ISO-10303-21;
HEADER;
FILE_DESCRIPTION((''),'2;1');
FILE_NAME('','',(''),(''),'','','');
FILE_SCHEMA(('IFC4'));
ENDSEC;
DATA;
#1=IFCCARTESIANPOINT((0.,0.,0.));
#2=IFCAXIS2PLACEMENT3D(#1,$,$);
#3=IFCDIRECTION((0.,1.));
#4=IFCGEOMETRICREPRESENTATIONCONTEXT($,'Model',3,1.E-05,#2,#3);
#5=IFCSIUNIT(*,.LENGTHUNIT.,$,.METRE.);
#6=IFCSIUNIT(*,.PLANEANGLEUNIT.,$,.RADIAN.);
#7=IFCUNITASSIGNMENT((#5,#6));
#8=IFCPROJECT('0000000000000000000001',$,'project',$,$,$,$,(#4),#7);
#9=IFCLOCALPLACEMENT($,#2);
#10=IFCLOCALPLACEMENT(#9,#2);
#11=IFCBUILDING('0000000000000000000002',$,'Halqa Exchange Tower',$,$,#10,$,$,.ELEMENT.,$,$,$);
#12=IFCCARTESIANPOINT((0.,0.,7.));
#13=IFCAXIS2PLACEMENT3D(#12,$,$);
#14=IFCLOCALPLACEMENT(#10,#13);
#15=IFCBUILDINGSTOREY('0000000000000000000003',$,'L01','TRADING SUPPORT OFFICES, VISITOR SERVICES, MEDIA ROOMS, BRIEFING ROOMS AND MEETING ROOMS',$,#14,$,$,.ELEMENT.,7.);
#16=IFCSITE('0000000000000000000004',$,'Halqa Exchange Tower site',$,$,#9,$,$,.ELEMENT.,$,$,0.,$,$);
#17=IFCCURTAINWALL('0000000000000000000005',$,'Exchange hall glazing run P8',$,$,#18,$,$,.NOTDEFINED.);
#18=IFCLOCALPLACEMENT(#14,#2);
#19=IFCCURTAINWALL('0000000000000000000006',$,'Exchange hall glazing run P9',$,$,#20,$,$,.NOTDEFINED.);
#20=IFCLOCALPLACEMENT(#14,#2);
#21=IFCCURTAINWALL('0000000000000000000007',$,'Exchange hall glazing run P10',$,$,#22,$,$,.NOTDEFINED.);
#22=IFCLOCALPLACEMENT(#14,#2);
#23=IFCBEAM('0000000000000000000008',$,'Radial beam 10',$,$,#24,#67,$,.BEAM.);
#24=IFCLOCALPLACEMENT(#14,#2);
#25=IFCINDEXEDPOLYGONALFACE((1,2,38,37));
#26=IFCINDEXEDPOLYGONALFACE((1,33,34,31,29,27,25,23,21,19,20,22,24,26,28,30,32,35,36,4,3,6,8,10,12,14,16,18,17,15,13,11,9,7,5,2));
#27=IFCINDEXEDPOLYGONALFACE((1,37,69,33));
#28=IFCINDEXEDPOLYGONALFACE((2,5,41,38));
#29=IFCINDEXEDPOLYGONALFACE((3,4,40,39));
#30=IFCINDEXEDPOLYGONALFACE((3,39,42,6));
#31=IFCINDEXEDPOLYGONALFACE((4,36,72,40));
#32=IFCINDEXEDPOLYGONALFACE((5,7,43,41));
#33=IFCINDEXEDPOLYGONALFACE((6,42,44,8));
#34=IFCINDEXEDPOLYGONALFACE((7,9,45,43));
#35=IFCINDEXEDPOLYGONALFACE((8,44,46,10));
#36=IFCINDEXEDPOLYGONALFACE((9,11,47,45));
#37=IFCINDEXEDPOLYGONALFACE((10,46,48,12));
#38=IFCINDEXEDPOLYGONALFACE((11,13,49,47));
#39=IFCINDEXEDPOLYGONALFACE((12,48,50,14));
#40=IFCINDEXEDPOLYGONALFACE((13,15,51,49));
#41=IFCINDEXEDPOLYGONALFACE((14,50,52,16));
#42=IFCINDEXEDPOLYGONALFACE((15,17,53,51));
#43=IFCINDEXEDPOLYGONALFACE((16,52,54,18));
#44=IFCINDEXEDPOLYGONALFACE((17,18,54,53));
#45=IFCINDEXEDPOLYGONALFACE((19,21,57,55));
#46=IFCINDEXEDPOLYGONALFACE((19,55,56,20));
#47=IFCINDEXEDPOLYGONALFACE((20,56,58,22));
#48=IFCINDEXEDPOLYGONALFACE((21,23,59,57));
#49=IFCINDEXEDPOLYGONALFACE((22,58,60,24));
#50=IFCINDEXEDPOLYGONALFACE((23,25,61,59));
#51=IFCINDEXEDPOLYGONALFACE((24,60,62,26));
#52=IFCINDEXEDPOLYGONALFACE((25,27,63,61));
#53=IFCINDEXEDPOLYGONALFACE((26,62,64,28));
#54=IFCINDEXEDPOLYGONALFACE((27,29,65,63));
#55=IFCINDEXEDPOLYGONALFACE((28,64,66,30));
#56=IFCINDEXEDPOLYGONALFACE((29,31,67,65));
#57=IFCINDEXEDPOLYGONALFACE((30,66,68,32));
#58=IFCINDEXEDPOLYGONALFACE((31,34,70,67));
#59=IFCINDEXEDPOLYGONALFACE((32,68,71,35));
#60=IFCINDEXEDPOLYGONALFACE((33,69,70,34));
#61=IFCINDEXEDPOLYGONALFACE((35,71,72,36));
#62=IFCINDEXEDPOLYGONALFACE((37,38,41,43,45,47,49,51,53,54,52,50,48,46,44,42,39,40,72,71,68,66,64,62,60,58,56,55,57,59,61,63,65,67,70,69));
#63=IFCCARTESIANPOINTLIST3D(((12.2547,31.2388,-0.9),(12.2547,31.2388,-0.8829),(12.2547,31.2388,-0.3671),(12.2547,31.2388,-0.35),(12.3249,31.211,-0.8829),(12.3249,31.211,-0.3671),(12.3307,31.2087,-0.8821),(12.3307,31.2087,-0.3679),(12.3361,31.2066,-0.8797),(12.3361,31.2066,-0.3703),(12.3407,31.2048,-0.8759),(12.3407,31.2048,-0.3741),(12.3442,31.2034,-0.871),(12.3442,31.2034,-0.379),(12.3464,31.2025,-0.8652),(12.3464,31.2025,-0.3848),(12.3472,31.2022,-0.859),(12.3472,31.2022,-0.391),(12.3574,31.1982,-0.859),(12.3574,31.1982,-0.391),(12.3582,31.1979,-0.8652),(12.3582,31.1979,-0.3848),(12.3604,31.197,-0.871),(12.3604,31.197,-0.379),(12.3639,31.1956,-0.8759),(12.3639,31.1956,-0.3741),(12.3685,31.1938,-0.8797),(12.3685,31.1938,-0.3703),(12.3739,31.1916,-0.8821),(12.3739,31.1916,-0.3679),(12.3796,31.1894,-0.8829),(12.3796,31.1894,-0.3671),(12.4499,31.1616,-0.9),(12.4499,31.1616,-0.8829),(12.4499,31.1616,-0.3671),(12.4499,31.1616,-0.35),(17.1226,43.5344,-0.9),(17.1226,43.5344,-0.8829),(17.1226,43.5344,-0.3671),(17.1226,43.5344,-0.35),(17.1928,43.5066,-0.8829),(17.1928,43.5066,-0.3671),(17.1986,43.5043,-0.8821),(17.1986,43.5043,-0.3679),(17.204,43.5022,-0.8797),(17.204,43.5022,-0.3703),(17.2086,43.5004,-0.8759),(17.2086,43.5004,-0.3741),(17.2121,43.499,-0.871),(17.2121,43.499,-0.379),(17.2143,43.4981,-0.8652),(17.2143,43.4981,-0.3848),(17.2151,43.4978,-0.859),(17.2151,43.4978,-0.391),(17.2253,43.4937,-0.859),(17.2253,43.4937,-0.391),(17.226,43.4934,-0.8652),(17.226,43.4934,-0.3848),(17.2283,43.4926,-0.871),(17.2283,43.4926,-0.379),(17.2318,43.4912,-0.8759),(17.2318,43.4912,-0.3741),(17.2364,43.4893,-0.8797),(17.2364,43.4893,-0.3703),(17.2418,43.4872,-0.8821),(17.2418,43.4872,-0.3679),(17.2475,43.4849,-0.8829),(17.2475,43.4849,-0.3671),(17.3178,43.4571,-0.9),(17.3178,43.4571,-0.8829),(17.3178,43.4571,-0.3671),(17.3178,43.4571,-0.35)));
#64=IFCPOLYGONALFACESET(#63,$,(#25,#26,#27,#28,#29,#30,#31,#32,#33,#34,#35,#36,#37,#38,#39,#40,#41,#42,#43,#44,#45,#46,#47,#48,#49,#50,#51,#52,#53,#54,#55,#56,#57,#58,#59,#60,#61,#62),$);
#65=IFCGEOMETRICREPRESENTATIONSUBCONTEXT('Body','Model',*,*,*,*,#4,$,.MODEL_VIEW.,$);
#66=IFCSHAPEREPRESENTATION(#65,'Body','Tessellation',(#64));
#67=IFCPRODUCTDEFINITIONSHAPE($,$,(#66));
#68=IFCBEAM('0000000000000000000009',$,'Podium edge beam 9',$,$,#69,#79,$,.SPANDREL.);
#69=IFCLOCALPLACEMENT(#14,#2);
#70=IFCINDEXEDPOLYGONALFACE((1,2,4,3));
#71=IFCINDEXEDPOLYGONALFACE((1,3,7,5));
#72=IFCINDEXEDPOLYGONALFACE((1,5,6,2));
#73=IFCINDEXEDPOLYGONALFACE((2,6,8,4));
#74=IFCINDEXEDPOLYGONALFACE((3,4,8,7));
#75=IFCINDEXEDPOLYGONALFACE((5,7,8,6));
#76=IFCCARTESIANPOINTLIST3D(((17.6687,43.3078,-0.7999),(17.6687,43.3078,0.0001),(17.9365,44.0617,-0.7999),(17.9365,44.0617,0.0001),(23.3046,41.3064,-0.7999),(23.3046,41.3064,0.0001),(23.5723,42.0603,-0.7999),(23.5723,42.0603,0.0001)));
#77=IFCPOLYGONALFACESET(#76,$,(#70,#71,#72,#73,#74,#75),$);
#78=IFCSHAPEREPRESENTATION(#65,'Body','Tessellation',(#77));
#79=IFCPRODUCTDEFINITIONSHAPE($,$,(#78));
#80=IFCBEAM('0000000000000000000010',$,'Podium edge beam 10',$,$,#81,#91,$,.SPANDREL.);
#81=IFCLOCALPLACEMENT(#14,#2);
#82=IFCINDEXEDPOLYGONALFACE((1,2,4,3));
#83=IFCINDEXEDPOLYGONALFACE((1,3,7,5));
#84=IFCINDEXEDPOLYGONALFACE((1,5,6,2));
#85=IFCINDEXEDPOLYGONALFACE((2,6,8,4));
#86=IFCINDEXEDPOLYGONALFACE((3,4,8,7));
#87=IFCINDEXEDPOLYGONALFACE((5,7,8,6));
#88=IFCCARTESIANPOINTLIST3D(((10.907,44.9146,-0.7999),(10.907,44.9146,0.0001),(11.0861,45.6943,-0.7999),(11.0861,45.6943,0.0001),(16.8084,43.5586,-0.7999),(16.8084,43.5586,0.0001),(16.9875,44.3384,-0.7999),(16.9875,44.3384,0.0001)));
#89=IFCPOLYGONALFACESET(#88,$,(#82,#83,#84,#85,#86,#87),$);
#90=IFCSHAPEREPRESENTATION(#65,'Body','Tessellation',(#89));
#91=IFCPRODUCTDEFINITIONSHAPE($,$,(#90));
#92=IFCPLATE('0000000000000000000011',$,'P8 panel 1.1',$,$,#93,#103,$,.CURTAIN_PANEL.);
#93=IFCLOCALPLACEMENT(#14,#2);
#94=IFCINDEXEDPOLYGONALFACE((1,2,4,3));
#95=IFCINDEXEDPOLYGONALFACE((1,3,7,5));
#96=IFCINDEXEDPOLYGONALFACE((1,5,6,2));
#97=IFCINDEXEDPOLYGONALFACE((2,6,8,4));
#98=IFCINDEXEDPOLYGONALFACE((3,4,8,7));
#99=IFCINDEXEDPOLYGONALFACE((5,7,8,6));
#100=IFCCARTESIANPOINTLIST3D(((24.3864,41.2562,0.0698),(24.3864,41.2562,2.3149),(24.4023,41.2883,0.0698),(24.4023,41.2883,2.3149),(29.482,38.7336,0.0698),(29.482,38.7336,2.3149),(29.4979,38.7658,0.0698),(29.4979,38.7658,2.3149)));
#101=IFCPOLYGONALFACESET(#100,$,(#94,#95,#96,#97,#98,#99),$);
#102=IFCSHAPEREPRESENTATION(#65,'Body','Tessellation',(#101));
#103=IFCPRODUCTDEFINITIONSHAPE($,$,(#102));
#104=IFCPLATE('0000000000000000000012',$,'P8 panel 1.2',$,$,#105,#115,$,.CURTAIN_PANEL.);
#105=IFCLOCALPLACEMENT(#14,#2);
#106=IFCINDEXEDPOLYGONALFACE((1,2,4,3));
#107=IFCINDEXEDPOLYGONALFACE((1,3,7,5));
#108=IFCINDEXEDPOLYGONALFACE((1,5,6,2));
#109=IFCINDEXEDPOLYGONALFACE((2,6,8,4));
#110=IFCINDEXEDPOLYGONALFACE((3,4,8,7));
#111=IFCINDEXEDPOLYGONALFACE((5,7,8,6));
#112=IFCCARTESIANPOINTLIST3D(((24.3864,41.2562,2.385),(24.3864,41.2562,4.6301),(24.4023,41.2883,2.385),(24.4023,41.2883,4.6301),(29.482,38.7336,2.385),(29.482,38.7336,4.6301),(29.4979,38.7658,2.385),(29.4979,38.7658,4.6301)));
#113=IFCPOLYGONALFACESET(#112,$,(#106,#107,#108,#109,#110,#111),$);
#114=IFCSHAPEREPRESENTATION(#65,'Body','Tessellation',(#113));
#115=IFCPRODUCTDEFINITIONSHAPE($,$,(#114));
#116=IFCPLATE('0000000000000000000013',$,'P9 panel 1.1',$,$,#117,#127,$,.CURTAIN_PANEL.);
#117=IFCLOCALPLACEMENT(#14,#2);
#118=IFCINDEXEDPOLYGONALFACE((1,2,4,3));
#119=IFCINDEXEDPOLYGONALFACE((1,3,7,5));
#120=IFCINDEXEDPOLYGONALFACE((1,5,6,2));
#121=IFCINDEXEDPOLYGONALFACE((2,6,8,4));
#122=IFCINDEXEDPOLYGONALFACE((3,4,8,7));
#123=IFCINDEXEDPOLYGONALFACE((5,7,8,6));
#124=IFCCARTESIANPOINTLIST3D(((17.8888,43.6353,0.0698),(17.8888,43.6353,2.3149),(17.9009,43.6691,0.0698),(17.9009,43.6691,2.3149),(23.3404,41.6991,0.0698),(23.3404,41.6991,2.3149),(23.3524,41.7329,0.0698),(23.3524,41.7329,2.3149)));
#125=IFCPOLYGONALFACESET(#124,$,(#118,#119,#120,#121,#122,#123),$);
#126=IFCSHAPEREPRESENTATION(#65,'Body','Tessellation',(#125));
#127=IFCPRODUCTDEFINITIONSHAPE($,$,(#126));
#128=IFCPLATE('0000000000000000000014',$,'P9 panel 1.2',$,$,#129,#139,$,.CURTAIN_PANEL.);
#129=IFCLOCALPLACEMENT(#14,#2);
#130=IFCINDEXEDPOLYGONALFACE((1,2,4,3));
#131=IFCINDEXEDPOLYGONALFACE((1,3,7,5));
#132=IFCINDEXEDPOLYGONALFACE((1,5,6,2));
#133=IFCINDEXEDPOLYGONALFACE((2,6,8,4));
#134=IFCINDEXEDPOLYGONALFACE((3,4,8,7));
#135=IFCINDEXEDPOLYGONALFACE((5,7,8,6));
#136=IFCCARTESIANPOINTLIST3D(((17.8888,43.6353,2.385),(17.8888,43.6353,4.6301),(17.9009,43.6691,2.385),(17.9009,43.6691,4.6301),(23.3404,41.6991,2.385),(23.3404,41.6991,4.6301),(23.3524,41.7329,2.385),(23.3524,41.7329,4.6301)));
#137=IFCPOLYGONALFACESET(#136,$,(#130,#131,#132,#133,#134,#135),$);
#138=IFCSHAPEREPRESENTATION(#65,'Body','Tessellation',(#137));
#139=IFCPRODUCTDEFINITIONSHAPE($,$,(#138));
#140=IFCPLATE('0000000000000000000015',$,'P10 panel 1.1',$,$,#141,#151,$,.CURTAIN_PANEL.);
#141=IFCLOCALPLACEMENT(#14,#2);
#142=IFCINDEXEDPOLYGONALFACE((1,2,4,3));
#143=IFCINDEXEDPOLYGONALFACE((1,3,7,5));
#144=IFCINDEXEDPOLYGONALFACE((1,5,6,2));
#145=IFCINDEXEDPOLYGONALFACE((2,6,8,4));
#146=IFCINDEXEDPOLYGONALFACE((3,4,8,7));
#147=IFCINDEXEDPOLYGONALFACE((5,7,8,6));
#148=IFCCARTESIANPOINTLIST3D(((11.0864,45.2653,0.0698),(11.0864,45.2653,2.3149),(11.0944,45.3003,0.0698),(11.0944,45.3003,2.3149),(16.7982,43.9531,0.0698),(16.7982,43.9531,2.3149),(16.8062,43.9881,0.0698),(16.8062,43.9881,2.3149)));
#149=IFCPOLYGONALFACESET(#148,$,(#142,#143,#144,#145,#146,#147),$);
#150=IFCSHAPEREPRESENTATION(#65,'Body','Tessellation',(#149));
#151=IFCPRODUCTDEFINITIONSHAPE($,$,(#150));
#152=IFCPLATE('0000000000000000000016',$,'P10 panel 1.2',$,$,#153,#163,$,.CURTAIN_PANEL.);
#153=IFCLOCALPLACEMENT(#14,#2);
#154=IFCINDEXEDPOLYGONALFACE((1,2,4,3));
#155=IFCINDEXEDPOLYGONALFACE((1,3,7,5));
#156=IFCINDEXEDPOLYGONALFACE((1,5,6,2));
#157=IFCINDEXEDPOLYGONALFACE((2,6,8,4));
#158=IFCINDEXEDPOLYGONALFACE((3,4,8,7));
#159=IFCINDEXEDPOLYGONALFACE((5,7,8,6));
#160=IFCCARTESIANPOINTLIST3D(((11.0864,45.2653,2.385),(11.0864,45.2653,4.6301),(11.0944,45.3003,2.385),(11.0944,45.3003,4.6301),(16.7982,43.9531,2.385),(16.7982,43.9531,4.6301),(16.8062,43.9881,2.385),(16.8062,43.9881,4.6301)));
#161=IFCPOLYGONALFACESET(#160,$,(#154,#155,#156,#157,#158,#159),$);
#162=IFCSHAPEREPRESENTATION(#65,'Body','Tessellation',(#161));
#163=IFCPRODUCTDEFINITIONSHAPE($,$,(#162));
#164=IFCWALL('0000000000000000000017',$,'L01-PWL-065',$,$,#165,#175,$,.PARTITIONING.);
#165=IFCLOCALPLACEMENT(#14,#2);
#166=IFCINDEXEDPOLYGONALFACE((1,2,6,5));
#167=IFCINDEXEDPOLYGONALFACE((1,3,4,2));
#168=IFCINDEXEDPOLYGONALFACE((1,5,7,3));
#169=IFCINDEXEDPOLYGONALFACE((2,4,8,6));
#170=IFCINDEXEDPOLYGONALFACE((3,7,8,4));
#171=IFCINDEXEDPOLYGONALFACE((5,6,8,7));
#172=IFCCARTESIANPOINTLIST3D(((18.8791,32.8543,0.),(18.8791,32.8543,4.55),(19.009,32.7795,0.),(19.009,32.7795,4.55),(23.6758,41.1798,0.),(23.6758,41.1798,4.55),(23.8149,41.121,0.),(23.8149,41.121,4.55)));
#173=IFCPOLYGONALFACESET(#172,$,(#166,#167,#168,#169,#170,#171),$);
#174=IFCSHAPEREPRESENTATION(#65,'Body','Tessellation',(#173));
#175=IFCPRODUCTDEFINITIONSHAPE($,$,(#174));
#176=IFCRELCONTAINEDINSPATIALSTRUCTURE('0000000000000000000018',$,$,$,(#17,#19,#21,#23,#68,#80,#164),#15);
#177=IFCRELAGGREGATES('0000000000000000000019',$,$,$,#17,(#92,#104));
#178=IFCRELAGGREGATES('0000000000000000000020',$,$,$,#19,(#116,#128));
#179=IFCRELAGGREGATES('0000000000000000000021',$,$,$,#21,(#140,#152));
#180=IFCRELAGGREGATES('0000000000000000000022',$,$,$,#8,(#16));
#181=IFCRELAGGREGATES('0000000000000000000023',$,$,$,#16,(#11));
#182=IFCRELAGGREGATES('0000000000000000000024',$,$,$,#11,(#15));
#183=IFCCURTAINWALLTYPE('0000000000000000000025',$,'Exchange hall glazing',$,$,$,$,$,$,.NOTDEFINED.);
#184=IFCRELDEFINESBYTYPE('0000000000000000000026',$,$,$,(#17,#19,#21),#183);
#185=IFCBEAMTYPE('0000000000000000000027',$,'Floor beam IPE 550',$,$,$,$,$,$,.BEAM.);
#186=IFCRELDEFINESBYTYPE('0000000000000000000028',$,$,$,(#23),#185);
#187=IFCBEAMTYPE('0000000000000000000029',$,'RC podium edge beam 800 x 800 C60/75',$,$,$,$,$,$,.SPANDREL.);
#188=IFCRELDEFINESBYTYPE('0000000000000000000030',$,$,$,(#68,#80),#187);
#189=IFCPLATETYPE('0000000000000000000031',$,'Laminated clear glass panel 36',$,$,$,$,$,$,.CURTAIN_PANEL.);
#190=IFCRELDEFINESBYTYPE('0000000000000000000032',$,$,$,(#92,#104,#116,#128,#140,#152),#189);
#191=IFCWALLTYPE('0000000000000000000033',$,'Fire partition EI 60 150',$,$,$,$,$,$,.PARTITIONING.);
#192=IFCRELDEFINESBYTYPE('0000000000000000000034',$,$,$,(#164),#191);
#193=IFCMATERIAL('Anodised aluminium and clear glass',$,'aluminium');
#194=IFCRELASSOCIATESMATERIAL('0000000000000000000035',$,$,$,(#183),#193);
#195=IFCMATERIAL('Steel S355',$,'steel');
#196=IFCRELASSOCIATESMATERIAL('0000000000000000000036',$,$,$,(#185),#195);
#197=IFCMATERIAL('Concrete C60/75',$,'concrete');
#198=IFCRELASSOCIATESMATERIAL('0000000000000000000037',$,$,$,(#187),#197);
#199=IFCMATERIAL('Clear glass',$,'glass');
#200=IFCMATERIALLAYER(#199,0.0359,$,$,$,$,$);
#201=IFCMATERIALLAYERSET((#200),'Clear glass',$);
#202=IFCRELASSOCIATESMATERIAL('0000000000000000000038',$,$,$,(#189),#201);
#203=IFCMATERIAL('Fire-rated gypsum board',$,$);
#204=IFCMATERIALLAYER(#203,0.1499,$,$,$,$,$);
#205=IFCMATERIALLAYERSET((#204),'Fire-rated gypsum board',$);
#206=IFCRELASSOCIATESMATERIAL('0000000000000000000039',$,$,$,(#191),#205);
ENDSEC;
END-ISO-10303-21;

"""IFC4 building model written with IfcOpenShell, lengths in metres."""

from ifc_helpers import new_model, si_unit, direction, frame, origin, origin_2d, place, context, subcontext, project, spatial, polyline, rectangle, i_section, outline, extrude, material, layer, layer_set, material_profile, profile_set, type_object, element, aggregate, save


model = new_model("IFC4")

# Units and contexts
model_context = context("Model", 3, precision=1e-05, world=origin(), true_north=direction((0.0, 1.0)))
body_context = subcontext(model_context, "Body", "Model", "MODEL_VIEW")
ifc_project = project(units=[si_unit("LENGTHUNIT", "METRE"), si_unit("PLANEANGLEUNIT", "RADIAN")], contexts=[model_context])

# Site, building, storey
site_placement = place(None, origin())
site = spatial("IfcSite", under=ifc_project, at=site_placement, Name="Halqa Exchange Tower site", CompositionType="ELEMENT", RefElevation=0.0)
building_placement = place(site_placement, origin())
building = spatial("IfcBuilding", under=site, at=building_placement, Name="Halqa Exchange Tower", CompositionType="ELEMENT")
storey_placement = place(building_placement, frame((0.0, 0.0, 7.0)))
storey = spatial("IfcBuildingStorey", under=building, at=storey_placement, Name="L01", Description="TRADING SUPPORT OFFICES, VISITOR SERVICES, MEDIA ROOMS, BRIEFING ROOMS AND MEETING ROOMS", CompositionType="ELEMENT", Elevation=7.0)

# Shared definitions
ifc_material_1 = material(Name="Concrete C60/75", Category="concrete")

# Curtain wall
ifc_material_2 = material(Name="Anodised aluminium and clear glass", Category="aluminium")
curtain_wall_type = type_object("IfcCurtainWallType", Name="Exchange hall glazing", PredefinedType="NOTDEFINED", material=ifc_material_2)
curtain_wall_1_placement = place(storey_placement, origin())
curtain_wall_1 = element("IfcCurtainWall", 1, at=curtain_wall_1_placement, inside=storey, type_object=curtain_wall_type, Name="Exchange hall glazing run P8", PredefinedType="NOTDEFINED")

# Curtain walls
curtain_wall_2_placement = place(storey_placement, origin())
curtain_wall_2 = element("IfcCurtainWall", 2, at=curtain_wall_2_placement, inside=storey, type_object=curtain_wall_type, Name="Exchange hall glazing run P9", PredefinedType="NOTDEFINED")
curtain_wall_3_placement = place(storey_placement, origin())
curtain_wall_3 = element("IfcCurtainWall", 3, at=curtain_wall_3_placement, inside=storey, type_object=curtain_wall_type, Name="Exchange hall glazing run P10", PredefinedType="NOTDEFINED")

# Beams
ifc_material_3 = material(Name="Steel S355", Category="steel")
ifc_material_profile_1 = material_profile(ifc_material_3, i_section(OverallWidth=0.21, OverallDepth=0.55, WebThickness=0.011, FlangeThickness=0.0171, FilletRadius=0.0239, at=origin_2d()), Name="IPE 550")
ifc_profile_set_1 = profile_set([ifc_material_profile_1], Name="Steel S355")
beam_type_1 = type_object("IfcBeamType", Name="Floor beam IPE 550", PredefinedType="BEAM", material=ifc_profile_set_1)
beam_1_placement = place(storey_placement, frame((12.3523, 31.2002, -0.625), z_axis=(0.368107, 0.929784, 0.0), x_axis=(-0.929784, 0.368107, 0.0)))
element("IfcBeam", 4, at=beam_1_placement, inside=storey, type_object=beam_type_1, Name="Radial beam 10", PredefinedType="BEAM", context=body_context, shape_type="SweptSolid", body=[
    extrude(i_section(OverallWidth=0.21, OverallDepth=0.55, WebThickness=0.011, FlangeThickness=0.0171, FilletRadius=0.0239, at=origin_2d()), origin(), (0.0, 0.0, 1.0), 13.2241),
])
ifc_material_profile_2 = material_profile(ifc_material_1, rectangle(XDim=0.8, YDim=0.8, at=origin_2d()), Name="800 x 800")
ifc_profile_set_2 = profile_set([ifc_material_profile_2], Name="Concrete C60/75")
beam_type_2 = type_object("IfcBeamType", Name="RC podium edge beam 800 x 800 C60/75", PredefinedType="SPANDREL", material=ifc_profile_set_2)
beam_2_placement = place(storey_placement, frame((23.4385, 41.6833, -0.3999), z_axis=(-0.942343, 0.334647, 0.0), x_axis=(-0.334647, -0.942343, 0.0)))
element("IfcBeam", 5, at=beam_2_placement, inside=storey, type_object=beam_type_2, Name="Podium edge beam 9", PredefinedType="SPANDREL", context=body_context, shape_type="SweptSolid", body=[
    extrude(rectangle(XDim=0.8, YDim=0.8, at=origin_2d()), origin(), (0.0, 0.0, 1.0), 5.9807),
])
beam_3_placement = place(storey_placement, frame((16.8979, 43.9485, -0.3999), z_axis=(-0.974604, 0.223935, 0.0), x_axis=(-0.223935, -0.974604, 0.0)))
element("IfcBeam", 6, at=beam_3_placement, inside=storey, type_object=beam_type_2, Name="Podium edge beam 10", PredefinedType="SPANDREL", context=body_context, shape_type="SweptSolid", body=[
    extrude(rectangle(XDim=0.8, YDim=0.8, at=origin_2d()), origin(), (0.0, 0.0, 1.0), 6.0552),
])

# Plates
ifc_material_4 = material(Name="Clear glass", Category="glass")
ifc_layer_1 = layer(ifc_material_4, 0.0359)
ifc_layer_set_1 = layer_set([ifc_layer_1], Name="Clear glass")
plate_type = type_object("IfcPlateType", Name="Laminated clear glass panel 36", PredefinedType="CURTAIN_PANEL", material=ifc_layer_set_1)
plate_1_placement = place(storey_placement, frame((26.9421, 40.011, 0.0698), z_axis=(0.0, 0.0, 1.0), x_axis=(-0.896198, 0.443653, 0.0)))
plate_1 = element("IfcPlate", 7, at=plate_1_placement, type_object=plate_type, Name="P8 panel 1.1", PredefinedType="CURTAIN_PANEL", context=body_context, shape_type="SweptSolid", body=[
    extrude(rectangle(XDim=5.6858, YDim=0.0359, at=origin_2d()), origin(), (0.0, 0.0, 1.0), 2.2451),
])
plate_2_placement = place(storey_placement, frame((26.9421, 40.011, 2.385), z_axis=(0.0, 0.0, 1.0), x_axis=(-0.896198, 0.443653, 0.0)))
plate_2 = element("IfcPlate", 8, at=plate_2_placement, type_object=plate_type, Name="P8 panel 1.2", PredefinedType="CURTAIN_PANEL", context=body_context, shape_type="SweptSolid", body=[
    extrude(rectangle(XDim=5.6858, YDim=0.0359, at=origin_2d()), origin(), (0.0, 0.0, 1.0), 2.2451),
])
aggregate(curtain_wall_1, [plate_1, plate_2])
plate_3_placement = place(storey_placement, frame((20.6206, 42.6841, 0.0698), z_axis=(0.0, 0.0, 1.0), x_axis=(-0.942329, 0.334688, 0.0)))
plate_3 = element("IfcPlate", 9, at=plate_3_placement, type_object=plate_type, Name="P9 panel 1.1", PredefinedType="CURTAIN_PANEL", context=body_context, shape_type="SweptSolid", body=[
    extrude(rectangle(XDim=5.7852, YDim=0.0359, at=origin_2d()), origin(), (0.0, 0.0, 1.0), 2.2451),
])
plate_4_placement = place(storey_placement, frame((20.6206, 42.6841, 2.385), z_axis=(0.0, 0.0, 1.0), x_axis=(-0.942329, 0.334688, 0.0)))
plate_4 = element("IfcPlate", 10, at=plate_4_placement, type_object=plate_type, Name="P9 panel 1.2", PredefinedType="CURTAIN_PANEL", context=body_context, shape_type="SweptSolid", body=[
    extrude(rectangle(XDim=5.7852, YDim=0.0359, at=origin_2d()), origin(), (0.0, 0.0, 1.0), 2.2451),
])
aggregate(curtain_wall_2, [plate_3, plate_4])
plate_5_placement = place(storey_placement, frame((13.9463, 44.6267, 0.0698), z_axis=(0.0, 0.0, 1.0), x_axis=(-0.974613, 0.223897, 0.0)))
plate_5 = element("IfcPlate", 11, at=plate_5_placement, type_object=plate_type, Name="P10 panel 1.1", PredefinedType="CURTAIN_PANEL", context=body_context, shape_type="SweptSolid", body=[
    extrude(rectangle(XDim=5.8606, YDim=0.0359, at=origin_2d()), origin(), (0.0, 0.0, 1.0), 2.2451),
])
plate_6_placement = place(storey_placement, frame((13.9463, 44.6267, 2.385), z_axis=(0.0, 0.0, 1.0), x_axis=(-0.974613, 0.223897, 0.0)))
plate_6 = element("IfcPlate", 12, at=plate_6_placement, type_object=plate_type, Name="P10 panel 1.2", PredefinedType="CURTAIN_PANEL", context=body_context, shape_type="SweptSolid", body=[
    extrude(rectangle(XDim=5.8606, YDim=0.0359, at=origin_2d()), origin(), (0.0, 0.0, 1.0), 2.2451),
])
aggregate(curtain_wall_3, [plate_5, plate_6])

# Wall
ifc_material_5 = material(Name="Fire-rated gypsum board")
ifc_layer_2 = layer(ifc_material_5, 0.1499)
ifc_layer_set_2 = layer_set([ifc_layer_2], Name="Fire-rated gypsum board")
wall_type_1 = type_object("IfcWallType", Name="Fire partition EI 60 150", PredefinedType="PARTITIONING", material=ifc_layer_set_2)
wall_1_placement = place(storey_placement, frame((18.9441, 32.8169, 0.0), z_axis=(0.0, 0.0, 1.0), x_axis=(0.499214, 0.866479, 0.0)))
element("IfcWall", 13, at=wall_1_placement, inside=storey, type_object=wall_type_1, Name="L01-PWL-065", PredefinedType="PARTITIONING", context=body_context, shape_type="SweptSolid", body=[
    extrude(outline(polyline([(0.0, -0.075), (9.627, -0.075), (9.6084, 0.075), (0.0, 0.075), (0.0, -0.075)])), origin(), (0.0, 0.0, 1.0), 4.55),
])

save(model, "model.ifc")
